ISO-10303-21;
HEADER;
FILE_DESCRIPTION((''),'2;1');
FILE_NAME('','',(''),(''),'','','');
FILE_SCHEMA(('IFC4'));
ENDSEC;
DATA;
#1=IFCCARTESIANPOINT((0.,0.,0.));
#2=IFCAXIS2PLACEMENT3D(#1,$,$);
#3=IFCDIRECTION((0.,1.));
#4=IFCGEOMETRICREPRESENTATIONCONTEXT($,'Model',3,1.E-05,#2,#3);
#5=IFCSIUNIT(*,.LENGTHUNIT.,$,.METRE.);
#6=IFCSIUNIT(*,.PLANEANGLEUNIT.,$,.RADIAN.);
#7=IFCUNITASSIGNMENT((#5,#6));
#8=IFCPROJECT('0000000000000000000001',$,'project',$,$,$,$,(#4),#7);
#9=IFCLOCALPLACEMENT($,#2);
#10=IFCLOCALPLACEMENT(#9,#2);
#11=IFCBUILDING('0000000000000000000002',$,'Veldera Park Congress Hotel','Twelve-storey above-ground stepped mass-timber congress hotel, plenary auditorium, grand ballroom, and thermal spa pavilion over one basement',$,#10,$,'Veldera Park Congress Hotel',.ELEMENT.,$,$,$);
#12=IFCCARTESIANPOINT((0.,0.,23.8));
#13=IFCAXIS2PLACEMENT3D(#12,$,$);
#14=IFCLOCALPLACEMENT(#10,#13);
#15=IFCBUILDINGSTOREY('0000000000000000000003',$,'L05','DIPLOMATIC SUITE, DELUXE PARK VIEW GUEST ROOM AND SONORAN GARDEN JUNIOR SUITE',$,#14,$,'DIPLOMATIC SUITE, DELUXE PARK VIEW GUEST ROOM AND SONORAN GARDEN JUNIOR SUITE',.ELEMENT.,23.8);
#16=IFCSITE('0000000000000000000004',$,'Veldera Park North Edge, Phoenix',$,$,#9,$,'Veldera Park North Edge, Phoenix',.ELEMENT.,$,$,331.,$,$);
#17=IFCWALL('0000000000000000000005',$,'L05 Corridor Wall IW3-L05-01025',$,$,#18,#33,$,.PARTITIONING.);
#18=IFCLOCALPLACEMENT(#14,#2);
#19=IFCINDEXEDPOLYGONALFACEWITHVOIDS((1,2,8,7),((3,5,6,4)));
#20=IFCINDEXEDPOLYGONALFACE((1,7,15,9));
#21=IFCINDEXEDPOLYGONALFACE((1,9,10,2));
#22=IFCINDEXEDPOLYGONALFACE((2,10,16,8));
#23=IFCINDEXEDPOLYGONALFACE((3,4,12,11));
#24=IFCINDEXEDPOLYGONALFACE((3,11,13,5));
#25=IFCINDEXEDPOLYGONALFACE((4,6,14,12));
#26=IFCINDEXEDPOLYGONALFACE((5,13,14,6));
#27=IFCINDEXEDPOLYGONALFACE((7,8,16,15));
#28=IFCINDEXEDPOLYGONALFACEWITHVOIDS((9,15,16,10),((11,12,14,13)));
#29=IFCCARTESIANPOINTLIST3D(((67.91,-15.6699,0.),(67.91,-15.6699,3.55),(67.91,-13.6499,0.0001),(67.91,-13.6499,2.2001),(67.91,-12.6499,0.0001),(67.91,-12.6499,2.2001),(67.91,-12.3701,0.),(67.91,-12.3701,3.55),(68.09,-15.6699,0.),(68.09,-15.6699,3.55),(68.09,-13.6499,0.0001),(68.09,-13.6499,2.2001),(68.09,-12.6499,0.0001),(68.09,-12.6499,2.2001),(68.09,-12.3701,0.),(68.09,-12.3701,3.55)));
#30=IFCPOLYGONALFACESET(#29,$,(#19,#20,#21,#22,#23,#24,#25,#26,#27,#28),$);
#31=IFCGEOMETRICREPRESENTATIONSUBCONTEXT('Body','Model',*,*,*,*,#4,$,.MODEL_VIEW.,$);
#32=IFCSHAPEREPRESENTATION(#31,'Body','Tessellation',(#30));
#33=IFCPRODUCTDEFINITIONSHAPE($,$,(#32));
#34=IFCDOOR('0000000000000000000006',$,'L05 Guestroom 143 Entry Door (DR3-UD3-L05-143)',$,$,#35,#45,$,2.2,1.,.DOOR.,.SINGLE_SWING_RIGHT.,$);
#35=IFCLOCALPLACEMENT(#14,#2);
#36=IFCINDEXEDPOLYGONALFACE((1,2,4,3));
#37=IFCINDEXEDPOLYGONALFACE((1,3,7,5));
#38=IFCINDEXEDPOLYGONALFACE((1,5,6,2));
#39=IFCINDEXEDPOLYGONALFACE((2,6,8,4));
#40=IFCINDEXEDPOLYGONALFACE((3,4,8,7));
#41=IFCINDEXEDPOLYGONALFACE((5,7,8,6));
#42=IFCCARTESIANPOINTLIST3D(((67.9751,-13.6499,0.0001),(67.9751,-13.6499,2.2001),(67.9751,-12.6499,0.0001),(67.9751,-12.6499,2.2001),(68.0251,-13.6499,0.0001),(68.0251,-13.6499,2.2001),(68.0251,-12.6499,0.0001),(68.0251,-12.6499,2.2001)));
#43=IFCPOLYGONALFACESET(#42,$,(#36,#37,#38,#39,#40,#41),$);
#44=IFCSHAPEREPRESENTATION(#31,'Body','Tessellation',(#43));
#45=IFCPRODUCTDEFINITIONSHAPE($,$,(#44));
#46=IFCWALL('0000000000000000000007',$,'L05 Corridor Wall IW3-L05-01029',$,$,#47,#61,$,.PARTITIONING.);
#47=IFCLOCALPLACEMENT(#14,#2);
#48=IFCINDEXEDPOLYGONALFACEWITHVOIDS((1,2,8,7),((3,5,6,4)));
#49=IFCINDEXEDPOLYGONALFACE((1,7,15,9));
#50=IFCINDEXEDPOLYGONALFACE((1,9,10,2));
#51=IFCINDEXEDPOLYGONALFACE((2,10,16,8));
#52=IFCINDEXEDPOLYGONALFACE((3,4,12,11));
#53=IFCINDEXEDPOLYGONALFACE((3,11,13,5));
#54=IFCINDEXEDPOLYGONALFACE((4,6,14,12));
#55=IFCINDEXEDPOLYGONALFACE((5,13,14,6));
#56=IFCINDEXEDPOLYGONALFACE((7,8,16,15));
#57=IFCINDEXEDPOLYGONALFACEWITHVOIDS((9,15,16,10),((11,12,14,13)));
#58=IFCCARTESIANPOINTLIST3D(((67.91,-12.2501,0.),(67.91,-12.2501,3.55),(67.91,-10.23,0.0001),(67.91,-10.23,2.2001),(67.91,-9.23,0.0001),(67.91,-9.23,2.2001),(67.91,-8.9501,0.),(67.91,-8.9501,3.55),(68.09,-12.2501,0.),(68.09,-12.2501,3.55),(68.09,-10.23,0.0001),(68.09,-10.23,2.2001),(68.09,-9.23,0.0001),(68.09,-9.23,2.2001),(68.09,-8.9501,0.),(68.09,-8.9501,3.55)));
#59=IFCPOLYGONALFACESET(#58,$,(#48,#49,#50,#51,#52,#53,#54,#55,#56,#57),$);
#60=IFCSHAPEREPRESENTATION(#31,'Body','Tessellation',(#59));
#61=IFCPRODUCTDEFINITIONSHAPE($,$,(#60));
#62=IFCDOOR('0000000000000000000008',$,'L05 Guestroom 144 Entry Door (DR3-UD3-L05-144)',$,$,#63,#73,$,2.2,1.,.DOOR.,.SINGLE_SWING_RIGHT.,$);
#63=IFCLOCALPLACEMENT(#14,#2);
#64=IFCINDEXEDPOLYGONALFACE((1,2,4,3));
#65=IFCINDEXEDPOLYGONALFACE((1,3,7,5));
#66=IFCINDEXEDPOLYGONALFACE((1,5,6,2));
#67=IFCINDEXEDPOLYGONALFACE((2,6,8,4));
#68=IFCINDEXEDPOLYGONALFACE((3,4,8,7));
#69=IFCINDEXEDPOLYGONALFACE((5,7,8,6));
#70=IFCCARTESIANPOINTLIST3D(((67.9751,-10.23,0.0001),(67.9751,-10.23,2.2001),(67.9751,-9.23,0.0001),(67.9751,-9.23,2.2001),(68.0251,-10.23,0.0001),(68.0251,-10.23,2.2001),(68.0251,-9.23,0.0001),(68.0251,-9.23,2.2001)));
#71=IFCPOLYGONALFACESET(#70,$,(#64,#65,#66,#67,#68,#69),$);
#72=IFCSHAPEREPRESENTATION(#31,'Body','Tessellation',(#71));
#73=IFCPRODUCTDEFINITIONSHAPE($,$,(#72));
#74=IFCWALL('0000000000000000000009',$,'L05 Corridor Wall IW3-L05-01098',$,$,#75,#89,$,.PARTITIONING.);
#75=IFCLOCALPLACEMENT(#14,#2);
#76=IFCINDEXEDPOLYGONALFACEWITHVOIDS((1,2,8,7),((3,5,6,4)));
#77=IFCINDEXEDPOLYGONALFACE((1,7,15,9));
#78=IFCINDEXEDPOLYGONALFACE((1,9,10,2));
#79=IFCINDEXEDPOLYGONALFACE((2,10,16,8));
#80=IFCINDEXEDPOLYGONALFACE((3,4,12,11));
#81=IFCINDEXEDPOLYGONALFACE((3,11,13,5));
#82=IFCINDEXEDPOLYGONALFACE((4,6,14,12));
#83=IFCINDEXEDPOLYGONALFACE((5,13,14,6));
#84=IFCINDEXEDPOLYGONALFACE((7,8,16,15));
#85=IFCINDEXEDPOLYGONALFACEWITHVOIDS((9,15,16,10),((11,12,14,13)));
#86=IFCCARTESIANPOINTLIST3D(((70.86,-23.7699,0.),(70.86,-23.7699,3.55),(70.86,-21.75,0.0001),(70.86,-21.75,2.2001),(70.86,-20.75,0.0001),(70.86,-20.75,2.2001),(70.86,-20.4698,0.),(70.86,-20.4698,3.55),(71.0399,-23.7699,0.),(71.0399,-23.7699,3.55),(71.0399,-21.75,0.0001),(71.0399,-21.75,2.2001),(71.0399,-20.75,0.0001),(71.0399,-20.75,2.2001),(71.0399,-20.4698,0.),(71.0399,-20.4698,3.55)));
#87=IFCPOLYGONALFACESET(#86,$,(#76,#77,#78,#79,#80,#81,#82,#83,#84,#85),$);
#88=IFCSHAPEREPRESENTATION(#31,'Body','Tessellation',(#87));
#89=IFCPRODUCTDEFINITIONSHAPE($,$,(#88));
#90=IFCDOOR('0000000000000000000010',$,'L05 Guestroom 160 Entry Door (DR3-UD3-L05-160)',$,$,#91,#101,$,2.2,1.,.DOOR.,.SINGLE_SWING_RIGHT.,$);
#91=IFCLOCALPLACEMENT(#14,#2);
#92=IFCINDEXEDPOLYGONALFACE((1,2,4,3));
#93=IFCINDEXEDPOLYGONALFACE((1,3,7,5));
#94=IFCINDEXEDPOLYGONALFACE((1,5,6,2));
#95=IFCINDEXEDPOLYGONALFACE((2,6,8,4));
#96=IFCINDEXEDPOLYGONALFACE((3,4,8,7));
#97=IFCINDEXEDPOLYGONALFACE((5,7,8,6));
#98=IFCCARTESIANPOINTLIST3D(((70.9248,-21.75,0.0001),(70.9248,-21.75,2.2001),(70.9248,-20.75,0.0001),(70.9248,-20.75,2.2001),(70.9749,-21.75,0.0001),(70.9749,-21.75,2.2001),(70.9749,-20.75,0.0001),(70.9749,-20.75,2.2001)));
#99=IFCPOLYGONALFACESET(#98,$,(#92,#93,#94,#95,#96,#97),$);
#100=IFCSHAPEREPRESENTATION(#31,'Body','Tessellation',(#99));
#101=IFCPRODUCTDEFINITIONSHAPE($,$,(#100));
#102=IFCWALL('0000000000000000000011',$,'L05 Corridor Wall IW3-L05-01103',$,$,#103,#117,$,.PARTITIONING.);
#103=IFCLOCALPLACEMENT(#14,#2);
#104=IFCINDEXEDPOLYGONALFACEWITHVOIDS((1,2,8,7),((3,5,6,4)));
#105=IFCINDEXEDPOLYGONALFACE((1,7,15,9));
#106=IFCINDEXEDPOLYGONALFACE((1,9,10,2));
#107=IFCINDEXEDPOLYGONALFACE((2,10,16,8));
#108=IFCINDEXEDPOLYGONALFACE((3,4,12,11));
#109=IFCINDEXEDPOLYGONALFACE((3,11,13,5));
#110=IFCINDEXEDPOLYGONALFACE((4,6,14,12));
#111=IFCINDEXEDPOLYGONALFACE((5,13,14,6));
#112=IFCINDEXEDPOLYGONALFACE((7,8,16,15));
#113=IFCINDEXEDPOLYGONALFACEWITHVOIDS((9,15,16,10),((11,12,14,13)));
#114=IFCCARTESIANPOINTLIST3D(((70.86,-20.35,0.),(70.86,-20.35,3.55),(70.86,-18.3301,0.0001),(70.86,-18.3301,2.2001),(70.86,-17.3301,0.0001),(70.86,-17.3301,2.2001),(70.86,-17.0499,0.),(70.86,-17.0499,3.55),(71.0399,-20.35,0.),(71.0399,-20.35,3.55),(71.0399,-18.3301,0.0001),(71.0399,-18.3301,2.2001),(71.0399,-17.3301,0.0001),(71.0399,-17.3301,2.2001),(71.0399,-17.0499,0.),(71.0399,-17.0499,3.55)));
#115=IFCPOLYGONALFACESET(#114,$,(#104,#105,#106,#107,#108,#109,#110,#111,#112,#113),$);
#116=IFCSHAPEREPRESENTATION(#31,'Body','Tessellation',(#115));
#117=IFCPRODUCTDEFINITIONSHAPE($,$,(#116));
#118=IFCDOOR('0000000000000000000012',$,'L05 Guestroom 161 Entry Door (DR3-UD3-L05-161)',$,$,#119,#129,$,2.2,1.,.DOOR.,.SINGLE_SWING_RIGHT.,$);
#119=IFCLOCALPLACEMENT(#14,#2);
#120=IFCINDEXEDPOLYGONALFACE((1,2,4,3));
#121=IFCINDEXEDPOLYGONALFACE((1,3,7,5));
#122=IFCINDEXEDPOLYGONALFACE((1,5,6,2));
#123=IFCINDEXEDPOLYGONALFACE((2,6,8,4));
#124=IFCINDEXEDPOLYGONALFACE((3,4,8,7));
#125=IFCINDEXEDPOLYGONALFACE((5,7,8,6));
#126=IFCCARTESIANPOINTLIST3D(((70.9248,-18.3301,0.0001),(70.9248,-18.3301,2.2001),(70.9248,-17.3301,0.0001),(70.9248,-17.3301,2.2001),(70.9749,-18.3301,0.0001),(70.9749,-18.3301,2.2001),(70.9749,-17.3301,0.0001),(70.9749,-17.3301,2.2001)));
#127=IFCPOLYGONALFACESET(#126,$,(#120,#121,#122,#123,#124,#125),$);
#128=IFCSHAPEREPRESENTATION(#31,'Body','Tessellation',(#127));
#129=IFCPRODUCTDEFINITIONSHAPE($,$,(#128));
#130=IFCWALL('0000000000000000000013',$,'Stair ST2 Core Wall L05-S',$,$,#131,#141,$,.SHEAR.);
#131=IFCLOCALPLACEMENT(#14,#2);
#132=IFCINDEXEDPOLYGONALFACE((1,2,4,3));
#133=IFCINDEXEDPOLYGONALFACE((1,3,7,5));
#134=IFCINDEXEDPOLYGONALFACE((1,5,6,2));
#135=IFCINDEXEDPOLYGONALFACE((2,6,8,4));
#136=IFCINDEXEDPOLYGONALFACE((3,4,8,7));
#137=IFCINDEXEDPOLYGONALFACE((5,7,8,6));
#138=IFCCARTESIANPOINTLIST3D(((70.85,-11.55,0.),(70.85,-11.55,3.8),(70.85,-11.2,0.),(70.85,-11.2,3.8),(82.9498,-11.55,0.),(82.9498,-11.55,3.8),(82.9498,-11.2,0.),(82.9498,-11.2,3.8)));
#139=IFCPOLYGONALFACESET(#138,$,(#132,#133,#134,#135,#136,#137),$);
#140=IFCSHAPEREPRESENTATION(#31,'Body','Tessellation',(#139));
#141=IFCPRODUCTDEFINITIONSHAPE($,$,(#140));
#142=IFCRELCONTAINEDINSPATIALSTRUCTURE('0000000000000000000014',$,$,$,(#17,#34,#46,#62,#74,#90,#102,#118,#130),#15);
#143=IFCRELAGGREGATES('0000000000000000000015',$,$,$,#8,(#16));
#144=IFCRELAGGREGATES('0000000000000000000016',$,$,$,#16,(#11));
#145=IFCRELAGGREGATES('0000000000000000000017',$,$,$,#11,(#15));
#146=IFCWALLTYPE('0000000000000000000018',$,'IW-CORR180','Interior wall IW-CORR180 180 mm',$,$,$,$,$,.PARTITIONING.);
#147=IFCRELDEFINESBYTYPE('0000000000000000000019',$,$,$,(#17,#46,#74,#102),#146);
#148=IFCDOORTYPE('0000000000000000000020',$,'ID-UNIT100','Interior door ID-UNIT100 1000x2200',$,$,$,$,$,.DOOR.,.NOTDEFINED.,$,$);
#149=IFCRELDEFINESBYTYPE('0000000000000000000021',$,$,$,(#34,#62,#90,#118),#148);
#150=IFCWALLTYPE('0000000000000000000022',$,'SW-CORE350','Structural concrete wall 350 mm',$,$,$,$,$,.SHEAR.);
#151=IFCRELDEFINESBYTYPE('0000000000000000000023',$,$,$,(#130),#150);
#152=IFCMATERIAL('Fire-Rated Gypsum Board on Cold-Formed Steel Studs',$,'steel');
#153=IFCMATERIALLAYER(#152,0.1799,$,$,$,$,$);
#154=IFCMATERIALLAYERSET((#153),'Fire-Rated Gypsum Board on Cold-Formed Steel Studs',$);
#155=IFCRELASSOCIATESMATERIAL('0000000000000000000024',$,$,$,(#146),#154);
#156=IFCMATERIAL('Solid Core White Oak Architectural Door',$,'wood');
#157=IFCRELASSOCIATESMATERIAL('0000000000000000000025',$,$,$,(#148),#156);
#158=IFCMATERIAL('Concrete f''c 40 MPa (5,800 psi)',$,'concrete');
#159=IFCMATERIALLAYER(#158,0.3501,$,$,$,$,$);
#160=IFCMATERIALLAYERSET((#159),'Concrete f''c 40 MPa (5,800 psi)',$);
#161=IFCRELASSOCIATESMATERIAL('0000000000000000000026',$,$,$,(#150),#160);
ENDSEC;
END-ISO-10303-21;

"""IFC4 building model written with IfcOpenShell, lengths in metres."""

from ifc_helpers import new_model, si_unit, direction, frame, frame_2d, origin, place, context, subcontext, project, spatial, rectangle, extrude, material, layer, layer_set, type_object, element, fill, save


model = new_model("IFC4")

# Units and contexts
model_context = context("Model", 3, precision=1e-05, world=origin(), true_north=direction((0.0, 1.0)))
body_context = subcontext(model_context, "Body", "Model", "MODEL_VIEW")
ifc_project = project(units=[si_unit("LENGTHUNIT", "METRE"), si_unit("PLANEANGLEUNIT", "RADIAN")], contexts=[model_context])

# Site, building, storey
site_placement = place(None, origin())
site = spatial("IfcSite", under=ifc_project, at=site_placement, Name="Veldera Park North Edge, Phoenix", LongName="Veldera Park North Edge, Phoenix", CompositionType="ELEMENT", RefElevation=331.0)
building_placement = place(site_placement, origin())
building = spatial("IfcBuilding", under=site, at=building_placement, Name="Veldera Park Congress Hotel", Description="Twelve-storey above-ground stepped mass-timber congress hotel, plenary auditorium, grand ballroom, and thermal spa pavilion over one basement", LongName="Veldera Park Congress Hotel", CompositionType="ELEMENT")
storey_placement = place(building_placement, frame((0.0, 0.0, 23.8)))
storey = spatial("IfcBuildingStorey", under=building, at=storey_placement, Name="L05", Description="DIPLOMATIC SUITE, DELUXE PARK VIEW GUEST ROOM AND SONORAN GARDEN JUNIOR SUITE", LongName="DIPLOMATIC SUITE, DELUXE PARK VIEW GUEST ROOM AND SONORAN GARDEN JUNIOR SUITE", CompositionType="ELEMENT", Elevation=23.8)

# Shared definitions
ifc_material_1 = material(Name="Fire-Rated Gypsum Board on Cold-Formed Steel Studs", Category="steel")
ifc_material_2 = material(Name="Solid Core White Oak Architectural Door", Category="wood")

# Walls, openings, doors
ifc_layer_1 = layer(ifc_material_1, 0.1799)
ifc_layer_set_1 = layer_set([ifc_layer_1], Name="Fire-Rated Gypsum Board on Cold-Formed Steel Studs")
wall_type_1 = type_object("IfcWallType", Name="IW-CORR180", Description="Interior wall IW-CORR180 180 mm", PredefinedType="PARTITIONING", material=ifc_layer_set_1)
door_type_1 = type_object("IfcDoorType", Name="ID-UNIT100", Description="Interior door ID-UNIT100 1000x2200", OperationType="NOTDEFINED", PredefinedType="DOOR", material=ifc_material_2)
wall_1_placement = place(storey_placement, frame((68.0, -15.6699, 0.0), z_axis=(0.0, 0.0, 1.0), x_axis=(0.0, 1.0, 0.0)))
wall_1 = element("IfcWall", 1, at=wall_1_placement, inside=storey, type_object=wall_type_1, Name="L05 Corridor Wall IW3-L05-01025", PredefinedType="PARTITIONING", context=body_context, shape_type="SweptSolid", body=[
    extrude(rectangle(XDim=3.2998, YDim=0.1799, at=frame_2d((1.6499, 0.0))), origin(), (0.0, 0.0, 1.0), 3.55),
])
opening_1_placement = place(wall_1_placement, frame((2.02, 0.0, 0.0)))
opening_1 = element("IfcOpeningElement", 2, at=opening_1_placement, cuts=wall_1, PredefinedType="OPENING", context=body_context, shape_type="SweptSolid", body=[
    extrude(rectangle(XDim=1.0, YDim=2.2, at=frame_2d((0.5, 1.1001))), frame((0.0, 0.1021, 0.0), z_axis=(0.0, -1.0, 0.0), x_axis=(1.0, 0.0, 0.0)), (0.0, 0.0, 1.0), 0.2039),
])
door_1_placement = place(opening_1_placement, origin())
door_1 = element("IfcDoor", 3, at=door_1_placement, inside=storey, type_object=door_type_1, Name="L05 Guestroom 143 Entry Door (DR3-UD3-L05-143)", OperationType="SINGLE_SWING_RIGHT", OverallHeight=2.2, OverallWidth=1.0, PredefinedType="DOOR", context=body_context, shape_type="SweptSolid", body=[
    extrude(rectangle(XDim=1.0, YDim=2.2, at=frame_2d((0.5, 1.1001))), frame((0.0, 0.0249, 0.0), z_axis=(0.0, -1.0, 0.0), x_axis=(1.0, 0.0, 0.0)), (0.0, 0.0, 1.0), 0.05),
])
fill(opening_1, door_1)
wall_2_placement = place(storey_placement, frame((68.0, -12.25, 0.0), z_axis=(0.0, 0.0, 1.0), x_axis=(0.0, 1.0, 0.0)))
wall_2 = element("IfcWall", 4, at=wall_2_placement, inside=storey, type_object=wall_type_1, Name="L05 Corridor Wall IW3-L05-01029", PredefinedType="PARTITIONING", context=body_context, shape_type="SweptSolid", body=[
    extrude(rectangle(XDim=3.3, YDim=0.1799, at=frame_2d((1.6499, 0.0))), origin(), (0.0, 0.0, 1.0), 3.55),
])
opening_2_placement = place(wall_2_placement, frame((2.02, 0.0, 0.0)))
opening_2 = element("IfcOpeningElement", 5, at=opening_2_placement, cuts=wall_2, PredefinedType="OPENING", context=body_context, shape_type="SweptSolid", body=[
    extrude(rectangle(XDim=1.0, YDim=2.2, at=frame_2d((0.5, 1.1001))), frame((0.0, 0.1021, 0.0), z_axis=(0.0, -1.0, 0.0), x_axis=(1.0, 0.0, 0.0)), (0.0, 0.0, 1.0), 0.2039),
])
door_2_placement = place(opening_2_placement, origin())
door_2 = element("IfcDoor", 6, at=door_2_placement, inside=storey, type_object=door_type_1, Name="L05 Guestroom 144 Entry Door (DR3-UD3-L05-144)", OperationType="SINGLE_SWING_RIGHT", OverallHeight=2.2, OverallWidth=1.0, PredefinedType="DOOR", context=body_context, shape_type="SweptSolid", body=[
    extrude(rectangle(XDim=1.0, YDim=2.2, at=frame_2d((0.5, 1.1001))), frame((0.0, 0.0249, 0.0), z_axis=(0.0, -1.0, 0.0), x_axis=(1.0, 0.0, 0.0)), (0.0, 0.0, 1.0), 0.05),
])
fill(opening_2, door_2)
wall_3_placement = place(storey_placement, frame((70.95, -20.47, 0.0), z_axis=(0.0, 0.0, 1.0), x_axis=(0.0, -1.0, 0.0)))
wall_3 = element("IfcWall", 7, at=wall_3_placement, inside=storey, type_object=wall_type_1, Name="L05 Corridor Wall IW3-L05-01098", PredefinedType="PARTITIONING", context=body_context, shape_type="SweptSolid", body=[
    extrude(rectangle(XDim=3.3, YDim=0.1799, at=frame_2d((1.6499, 0.0))), origin(), (0.0, 0.0, 1.0), 3.55),
])
opening_3_placement = place(wall_3_placement, frame((0.28, 0.0, 0.0)))
opening_3 = element("IfcOpeningElement", 8, at=opening_3_placement, cuts=wall_3, PredefinedType="OPENING", context=body_context, shape_type="SweptSolid", body=[
    extrude(rectangle(XDim=1.0, YDim=2.2, at=frame_2d((0.5, 1.1001))), frame((0.0, 0.1021, 0.0), z_axis=(0.0, -1.0, 0.0), x_axis=(1.0, 0.0, 0.0)), (0.0, 0.0, 1.0), 0.2039),
])
door_3_placement = place(opening_3_placement, origin())
door_3 = element("IfcDoor", 9, at=door_3_placement, inside=storey, type_object=door_type_1, Name="L05 Guestroom 160 Entry Door (DR3-UD3-L05-160)", OperationType="SINGLE_SWING_RIGHT", OverallHeight=2.2, OverallWidth=1.0, PredefinedType="DOOR", context=body_context, shape_type="SweptSolid", body=[
    extrude(rectangle(XDim=1.0, YDim=2.2, at=frame_2d((0.5, 1.1001))), frame((0.0, 0.0249, 0.0), z_axis=(0.0, -1.0, 0.0), x_axis=(1.0, 0.0, 0.0)), (0.0, 0.0, 1.0), 0.05),
])
fill(opening_3, door_3)
wall_4_placement = place(storey_placement, frame((70.95, -17.05, 0.0), z_axis=(0.0, 0.0, 1.0), x_axis=(0.0, -1.0, 0.0)))
wall_4 = element("IfcWall", 10, at=wall_4_placement, inside=storey, type_object=wall_type_1, Name="L05 Corridor Wall IW3-L05-01103", PredefinedType="PARTITIONING", context=body_context, shape_type="SweptSolid", body=[
    extrude(rectangle(XDim=3.3, YDim=0.1799, at=frame_2d((1.6499, 0.0))), origin(), (0.0, 0.0, 1.0), 3.55),
])
opening_4_placement = place(wall_4_placement, frame((0.28, 0.0, 0.0)))
opening_4 = element("IfcOpeningElement", 11, at=opening_4_placement, cuts=wall_4, PredefinedType="OPENING", context=body_context, shape_type="SweptSolid", body=[
    extrude(rectangle(XDim=1.0, YDim=2.2, at=frame_2d((0.5, 1.1001))), frame((0.0, 0.1021, 0.0), z_axis=(0.0, -1.0, 0.0), x_axis=(1.0, 0.0, 0.0)), (0.0, 0.0, 1.0), 0.2039),
])
door_4_placement = place(opening_4_placement, origin())
door_4 = element("IfcDoor", 12, at=door_4_placement, inside=storey, type_object=door_type_1, Name="L05 Guestroom 161 Entry Door (DR3-UD3-L05-161)", OperationType="SINGLE_SWING_RIGHT", OverallHeight=2.2, OverallWidth=1.0, PredefinedType="DOOR", context=body_context, shape_type="SweptSolid", body=[
    extrude(rectangle(XDim=1.0, YDim=2.2, at=frame_2d((0.5, 1.1001))), frame((0.0, 0.0249, 0.0), z_axis=(0.0, -1.0, 0.0), x_axis=(1.0, 0.0, 0.0)), (0.0, 0.0, 1.0), 0.05),
])
fill(opening_4, door_4)

# Wall
ifc_material_3 = material(Name="Concrete f'c 40 MPa (5,800 psi)", Category="concrete")
ifc_layer_2 = layer(ifc_material_3, 0.3501)
ifc_layer_set_2 = layer_set([ifc_layer_2], Name="Concrete f'c 40 MPa (5,800 psi)")
wall_type_2 = type_object("IfcWallType", Name="SW-CORE350", Description="Structural concrete wall 350 mm", PredefinedType="SHEAR", material=ifc_layer_set_2)
wall_5_placement = place(storey_placement, frame((70.8501, -11.375, 0.0), z_axis=(0.0, 0.0, 1.0), x_axis=(1.0, 0.0, 0.0)))
element("IfcWall", 13, at=wall_5_placement, inside=storey, type_object=wall_type_2, Name="Stair ST2 Core Wall L05-S", PredefinedType="SHEAR", context=body_context, shape_type="SweptSolid", body=[
    extrude(rectangle(XDim=12.0999, YDim=0.3501, at=frame_2d((6.0498, 0.0))), origin(), (0.0, 0.0, 1.0), 3.8),
])

save(model, "model.ifc")
